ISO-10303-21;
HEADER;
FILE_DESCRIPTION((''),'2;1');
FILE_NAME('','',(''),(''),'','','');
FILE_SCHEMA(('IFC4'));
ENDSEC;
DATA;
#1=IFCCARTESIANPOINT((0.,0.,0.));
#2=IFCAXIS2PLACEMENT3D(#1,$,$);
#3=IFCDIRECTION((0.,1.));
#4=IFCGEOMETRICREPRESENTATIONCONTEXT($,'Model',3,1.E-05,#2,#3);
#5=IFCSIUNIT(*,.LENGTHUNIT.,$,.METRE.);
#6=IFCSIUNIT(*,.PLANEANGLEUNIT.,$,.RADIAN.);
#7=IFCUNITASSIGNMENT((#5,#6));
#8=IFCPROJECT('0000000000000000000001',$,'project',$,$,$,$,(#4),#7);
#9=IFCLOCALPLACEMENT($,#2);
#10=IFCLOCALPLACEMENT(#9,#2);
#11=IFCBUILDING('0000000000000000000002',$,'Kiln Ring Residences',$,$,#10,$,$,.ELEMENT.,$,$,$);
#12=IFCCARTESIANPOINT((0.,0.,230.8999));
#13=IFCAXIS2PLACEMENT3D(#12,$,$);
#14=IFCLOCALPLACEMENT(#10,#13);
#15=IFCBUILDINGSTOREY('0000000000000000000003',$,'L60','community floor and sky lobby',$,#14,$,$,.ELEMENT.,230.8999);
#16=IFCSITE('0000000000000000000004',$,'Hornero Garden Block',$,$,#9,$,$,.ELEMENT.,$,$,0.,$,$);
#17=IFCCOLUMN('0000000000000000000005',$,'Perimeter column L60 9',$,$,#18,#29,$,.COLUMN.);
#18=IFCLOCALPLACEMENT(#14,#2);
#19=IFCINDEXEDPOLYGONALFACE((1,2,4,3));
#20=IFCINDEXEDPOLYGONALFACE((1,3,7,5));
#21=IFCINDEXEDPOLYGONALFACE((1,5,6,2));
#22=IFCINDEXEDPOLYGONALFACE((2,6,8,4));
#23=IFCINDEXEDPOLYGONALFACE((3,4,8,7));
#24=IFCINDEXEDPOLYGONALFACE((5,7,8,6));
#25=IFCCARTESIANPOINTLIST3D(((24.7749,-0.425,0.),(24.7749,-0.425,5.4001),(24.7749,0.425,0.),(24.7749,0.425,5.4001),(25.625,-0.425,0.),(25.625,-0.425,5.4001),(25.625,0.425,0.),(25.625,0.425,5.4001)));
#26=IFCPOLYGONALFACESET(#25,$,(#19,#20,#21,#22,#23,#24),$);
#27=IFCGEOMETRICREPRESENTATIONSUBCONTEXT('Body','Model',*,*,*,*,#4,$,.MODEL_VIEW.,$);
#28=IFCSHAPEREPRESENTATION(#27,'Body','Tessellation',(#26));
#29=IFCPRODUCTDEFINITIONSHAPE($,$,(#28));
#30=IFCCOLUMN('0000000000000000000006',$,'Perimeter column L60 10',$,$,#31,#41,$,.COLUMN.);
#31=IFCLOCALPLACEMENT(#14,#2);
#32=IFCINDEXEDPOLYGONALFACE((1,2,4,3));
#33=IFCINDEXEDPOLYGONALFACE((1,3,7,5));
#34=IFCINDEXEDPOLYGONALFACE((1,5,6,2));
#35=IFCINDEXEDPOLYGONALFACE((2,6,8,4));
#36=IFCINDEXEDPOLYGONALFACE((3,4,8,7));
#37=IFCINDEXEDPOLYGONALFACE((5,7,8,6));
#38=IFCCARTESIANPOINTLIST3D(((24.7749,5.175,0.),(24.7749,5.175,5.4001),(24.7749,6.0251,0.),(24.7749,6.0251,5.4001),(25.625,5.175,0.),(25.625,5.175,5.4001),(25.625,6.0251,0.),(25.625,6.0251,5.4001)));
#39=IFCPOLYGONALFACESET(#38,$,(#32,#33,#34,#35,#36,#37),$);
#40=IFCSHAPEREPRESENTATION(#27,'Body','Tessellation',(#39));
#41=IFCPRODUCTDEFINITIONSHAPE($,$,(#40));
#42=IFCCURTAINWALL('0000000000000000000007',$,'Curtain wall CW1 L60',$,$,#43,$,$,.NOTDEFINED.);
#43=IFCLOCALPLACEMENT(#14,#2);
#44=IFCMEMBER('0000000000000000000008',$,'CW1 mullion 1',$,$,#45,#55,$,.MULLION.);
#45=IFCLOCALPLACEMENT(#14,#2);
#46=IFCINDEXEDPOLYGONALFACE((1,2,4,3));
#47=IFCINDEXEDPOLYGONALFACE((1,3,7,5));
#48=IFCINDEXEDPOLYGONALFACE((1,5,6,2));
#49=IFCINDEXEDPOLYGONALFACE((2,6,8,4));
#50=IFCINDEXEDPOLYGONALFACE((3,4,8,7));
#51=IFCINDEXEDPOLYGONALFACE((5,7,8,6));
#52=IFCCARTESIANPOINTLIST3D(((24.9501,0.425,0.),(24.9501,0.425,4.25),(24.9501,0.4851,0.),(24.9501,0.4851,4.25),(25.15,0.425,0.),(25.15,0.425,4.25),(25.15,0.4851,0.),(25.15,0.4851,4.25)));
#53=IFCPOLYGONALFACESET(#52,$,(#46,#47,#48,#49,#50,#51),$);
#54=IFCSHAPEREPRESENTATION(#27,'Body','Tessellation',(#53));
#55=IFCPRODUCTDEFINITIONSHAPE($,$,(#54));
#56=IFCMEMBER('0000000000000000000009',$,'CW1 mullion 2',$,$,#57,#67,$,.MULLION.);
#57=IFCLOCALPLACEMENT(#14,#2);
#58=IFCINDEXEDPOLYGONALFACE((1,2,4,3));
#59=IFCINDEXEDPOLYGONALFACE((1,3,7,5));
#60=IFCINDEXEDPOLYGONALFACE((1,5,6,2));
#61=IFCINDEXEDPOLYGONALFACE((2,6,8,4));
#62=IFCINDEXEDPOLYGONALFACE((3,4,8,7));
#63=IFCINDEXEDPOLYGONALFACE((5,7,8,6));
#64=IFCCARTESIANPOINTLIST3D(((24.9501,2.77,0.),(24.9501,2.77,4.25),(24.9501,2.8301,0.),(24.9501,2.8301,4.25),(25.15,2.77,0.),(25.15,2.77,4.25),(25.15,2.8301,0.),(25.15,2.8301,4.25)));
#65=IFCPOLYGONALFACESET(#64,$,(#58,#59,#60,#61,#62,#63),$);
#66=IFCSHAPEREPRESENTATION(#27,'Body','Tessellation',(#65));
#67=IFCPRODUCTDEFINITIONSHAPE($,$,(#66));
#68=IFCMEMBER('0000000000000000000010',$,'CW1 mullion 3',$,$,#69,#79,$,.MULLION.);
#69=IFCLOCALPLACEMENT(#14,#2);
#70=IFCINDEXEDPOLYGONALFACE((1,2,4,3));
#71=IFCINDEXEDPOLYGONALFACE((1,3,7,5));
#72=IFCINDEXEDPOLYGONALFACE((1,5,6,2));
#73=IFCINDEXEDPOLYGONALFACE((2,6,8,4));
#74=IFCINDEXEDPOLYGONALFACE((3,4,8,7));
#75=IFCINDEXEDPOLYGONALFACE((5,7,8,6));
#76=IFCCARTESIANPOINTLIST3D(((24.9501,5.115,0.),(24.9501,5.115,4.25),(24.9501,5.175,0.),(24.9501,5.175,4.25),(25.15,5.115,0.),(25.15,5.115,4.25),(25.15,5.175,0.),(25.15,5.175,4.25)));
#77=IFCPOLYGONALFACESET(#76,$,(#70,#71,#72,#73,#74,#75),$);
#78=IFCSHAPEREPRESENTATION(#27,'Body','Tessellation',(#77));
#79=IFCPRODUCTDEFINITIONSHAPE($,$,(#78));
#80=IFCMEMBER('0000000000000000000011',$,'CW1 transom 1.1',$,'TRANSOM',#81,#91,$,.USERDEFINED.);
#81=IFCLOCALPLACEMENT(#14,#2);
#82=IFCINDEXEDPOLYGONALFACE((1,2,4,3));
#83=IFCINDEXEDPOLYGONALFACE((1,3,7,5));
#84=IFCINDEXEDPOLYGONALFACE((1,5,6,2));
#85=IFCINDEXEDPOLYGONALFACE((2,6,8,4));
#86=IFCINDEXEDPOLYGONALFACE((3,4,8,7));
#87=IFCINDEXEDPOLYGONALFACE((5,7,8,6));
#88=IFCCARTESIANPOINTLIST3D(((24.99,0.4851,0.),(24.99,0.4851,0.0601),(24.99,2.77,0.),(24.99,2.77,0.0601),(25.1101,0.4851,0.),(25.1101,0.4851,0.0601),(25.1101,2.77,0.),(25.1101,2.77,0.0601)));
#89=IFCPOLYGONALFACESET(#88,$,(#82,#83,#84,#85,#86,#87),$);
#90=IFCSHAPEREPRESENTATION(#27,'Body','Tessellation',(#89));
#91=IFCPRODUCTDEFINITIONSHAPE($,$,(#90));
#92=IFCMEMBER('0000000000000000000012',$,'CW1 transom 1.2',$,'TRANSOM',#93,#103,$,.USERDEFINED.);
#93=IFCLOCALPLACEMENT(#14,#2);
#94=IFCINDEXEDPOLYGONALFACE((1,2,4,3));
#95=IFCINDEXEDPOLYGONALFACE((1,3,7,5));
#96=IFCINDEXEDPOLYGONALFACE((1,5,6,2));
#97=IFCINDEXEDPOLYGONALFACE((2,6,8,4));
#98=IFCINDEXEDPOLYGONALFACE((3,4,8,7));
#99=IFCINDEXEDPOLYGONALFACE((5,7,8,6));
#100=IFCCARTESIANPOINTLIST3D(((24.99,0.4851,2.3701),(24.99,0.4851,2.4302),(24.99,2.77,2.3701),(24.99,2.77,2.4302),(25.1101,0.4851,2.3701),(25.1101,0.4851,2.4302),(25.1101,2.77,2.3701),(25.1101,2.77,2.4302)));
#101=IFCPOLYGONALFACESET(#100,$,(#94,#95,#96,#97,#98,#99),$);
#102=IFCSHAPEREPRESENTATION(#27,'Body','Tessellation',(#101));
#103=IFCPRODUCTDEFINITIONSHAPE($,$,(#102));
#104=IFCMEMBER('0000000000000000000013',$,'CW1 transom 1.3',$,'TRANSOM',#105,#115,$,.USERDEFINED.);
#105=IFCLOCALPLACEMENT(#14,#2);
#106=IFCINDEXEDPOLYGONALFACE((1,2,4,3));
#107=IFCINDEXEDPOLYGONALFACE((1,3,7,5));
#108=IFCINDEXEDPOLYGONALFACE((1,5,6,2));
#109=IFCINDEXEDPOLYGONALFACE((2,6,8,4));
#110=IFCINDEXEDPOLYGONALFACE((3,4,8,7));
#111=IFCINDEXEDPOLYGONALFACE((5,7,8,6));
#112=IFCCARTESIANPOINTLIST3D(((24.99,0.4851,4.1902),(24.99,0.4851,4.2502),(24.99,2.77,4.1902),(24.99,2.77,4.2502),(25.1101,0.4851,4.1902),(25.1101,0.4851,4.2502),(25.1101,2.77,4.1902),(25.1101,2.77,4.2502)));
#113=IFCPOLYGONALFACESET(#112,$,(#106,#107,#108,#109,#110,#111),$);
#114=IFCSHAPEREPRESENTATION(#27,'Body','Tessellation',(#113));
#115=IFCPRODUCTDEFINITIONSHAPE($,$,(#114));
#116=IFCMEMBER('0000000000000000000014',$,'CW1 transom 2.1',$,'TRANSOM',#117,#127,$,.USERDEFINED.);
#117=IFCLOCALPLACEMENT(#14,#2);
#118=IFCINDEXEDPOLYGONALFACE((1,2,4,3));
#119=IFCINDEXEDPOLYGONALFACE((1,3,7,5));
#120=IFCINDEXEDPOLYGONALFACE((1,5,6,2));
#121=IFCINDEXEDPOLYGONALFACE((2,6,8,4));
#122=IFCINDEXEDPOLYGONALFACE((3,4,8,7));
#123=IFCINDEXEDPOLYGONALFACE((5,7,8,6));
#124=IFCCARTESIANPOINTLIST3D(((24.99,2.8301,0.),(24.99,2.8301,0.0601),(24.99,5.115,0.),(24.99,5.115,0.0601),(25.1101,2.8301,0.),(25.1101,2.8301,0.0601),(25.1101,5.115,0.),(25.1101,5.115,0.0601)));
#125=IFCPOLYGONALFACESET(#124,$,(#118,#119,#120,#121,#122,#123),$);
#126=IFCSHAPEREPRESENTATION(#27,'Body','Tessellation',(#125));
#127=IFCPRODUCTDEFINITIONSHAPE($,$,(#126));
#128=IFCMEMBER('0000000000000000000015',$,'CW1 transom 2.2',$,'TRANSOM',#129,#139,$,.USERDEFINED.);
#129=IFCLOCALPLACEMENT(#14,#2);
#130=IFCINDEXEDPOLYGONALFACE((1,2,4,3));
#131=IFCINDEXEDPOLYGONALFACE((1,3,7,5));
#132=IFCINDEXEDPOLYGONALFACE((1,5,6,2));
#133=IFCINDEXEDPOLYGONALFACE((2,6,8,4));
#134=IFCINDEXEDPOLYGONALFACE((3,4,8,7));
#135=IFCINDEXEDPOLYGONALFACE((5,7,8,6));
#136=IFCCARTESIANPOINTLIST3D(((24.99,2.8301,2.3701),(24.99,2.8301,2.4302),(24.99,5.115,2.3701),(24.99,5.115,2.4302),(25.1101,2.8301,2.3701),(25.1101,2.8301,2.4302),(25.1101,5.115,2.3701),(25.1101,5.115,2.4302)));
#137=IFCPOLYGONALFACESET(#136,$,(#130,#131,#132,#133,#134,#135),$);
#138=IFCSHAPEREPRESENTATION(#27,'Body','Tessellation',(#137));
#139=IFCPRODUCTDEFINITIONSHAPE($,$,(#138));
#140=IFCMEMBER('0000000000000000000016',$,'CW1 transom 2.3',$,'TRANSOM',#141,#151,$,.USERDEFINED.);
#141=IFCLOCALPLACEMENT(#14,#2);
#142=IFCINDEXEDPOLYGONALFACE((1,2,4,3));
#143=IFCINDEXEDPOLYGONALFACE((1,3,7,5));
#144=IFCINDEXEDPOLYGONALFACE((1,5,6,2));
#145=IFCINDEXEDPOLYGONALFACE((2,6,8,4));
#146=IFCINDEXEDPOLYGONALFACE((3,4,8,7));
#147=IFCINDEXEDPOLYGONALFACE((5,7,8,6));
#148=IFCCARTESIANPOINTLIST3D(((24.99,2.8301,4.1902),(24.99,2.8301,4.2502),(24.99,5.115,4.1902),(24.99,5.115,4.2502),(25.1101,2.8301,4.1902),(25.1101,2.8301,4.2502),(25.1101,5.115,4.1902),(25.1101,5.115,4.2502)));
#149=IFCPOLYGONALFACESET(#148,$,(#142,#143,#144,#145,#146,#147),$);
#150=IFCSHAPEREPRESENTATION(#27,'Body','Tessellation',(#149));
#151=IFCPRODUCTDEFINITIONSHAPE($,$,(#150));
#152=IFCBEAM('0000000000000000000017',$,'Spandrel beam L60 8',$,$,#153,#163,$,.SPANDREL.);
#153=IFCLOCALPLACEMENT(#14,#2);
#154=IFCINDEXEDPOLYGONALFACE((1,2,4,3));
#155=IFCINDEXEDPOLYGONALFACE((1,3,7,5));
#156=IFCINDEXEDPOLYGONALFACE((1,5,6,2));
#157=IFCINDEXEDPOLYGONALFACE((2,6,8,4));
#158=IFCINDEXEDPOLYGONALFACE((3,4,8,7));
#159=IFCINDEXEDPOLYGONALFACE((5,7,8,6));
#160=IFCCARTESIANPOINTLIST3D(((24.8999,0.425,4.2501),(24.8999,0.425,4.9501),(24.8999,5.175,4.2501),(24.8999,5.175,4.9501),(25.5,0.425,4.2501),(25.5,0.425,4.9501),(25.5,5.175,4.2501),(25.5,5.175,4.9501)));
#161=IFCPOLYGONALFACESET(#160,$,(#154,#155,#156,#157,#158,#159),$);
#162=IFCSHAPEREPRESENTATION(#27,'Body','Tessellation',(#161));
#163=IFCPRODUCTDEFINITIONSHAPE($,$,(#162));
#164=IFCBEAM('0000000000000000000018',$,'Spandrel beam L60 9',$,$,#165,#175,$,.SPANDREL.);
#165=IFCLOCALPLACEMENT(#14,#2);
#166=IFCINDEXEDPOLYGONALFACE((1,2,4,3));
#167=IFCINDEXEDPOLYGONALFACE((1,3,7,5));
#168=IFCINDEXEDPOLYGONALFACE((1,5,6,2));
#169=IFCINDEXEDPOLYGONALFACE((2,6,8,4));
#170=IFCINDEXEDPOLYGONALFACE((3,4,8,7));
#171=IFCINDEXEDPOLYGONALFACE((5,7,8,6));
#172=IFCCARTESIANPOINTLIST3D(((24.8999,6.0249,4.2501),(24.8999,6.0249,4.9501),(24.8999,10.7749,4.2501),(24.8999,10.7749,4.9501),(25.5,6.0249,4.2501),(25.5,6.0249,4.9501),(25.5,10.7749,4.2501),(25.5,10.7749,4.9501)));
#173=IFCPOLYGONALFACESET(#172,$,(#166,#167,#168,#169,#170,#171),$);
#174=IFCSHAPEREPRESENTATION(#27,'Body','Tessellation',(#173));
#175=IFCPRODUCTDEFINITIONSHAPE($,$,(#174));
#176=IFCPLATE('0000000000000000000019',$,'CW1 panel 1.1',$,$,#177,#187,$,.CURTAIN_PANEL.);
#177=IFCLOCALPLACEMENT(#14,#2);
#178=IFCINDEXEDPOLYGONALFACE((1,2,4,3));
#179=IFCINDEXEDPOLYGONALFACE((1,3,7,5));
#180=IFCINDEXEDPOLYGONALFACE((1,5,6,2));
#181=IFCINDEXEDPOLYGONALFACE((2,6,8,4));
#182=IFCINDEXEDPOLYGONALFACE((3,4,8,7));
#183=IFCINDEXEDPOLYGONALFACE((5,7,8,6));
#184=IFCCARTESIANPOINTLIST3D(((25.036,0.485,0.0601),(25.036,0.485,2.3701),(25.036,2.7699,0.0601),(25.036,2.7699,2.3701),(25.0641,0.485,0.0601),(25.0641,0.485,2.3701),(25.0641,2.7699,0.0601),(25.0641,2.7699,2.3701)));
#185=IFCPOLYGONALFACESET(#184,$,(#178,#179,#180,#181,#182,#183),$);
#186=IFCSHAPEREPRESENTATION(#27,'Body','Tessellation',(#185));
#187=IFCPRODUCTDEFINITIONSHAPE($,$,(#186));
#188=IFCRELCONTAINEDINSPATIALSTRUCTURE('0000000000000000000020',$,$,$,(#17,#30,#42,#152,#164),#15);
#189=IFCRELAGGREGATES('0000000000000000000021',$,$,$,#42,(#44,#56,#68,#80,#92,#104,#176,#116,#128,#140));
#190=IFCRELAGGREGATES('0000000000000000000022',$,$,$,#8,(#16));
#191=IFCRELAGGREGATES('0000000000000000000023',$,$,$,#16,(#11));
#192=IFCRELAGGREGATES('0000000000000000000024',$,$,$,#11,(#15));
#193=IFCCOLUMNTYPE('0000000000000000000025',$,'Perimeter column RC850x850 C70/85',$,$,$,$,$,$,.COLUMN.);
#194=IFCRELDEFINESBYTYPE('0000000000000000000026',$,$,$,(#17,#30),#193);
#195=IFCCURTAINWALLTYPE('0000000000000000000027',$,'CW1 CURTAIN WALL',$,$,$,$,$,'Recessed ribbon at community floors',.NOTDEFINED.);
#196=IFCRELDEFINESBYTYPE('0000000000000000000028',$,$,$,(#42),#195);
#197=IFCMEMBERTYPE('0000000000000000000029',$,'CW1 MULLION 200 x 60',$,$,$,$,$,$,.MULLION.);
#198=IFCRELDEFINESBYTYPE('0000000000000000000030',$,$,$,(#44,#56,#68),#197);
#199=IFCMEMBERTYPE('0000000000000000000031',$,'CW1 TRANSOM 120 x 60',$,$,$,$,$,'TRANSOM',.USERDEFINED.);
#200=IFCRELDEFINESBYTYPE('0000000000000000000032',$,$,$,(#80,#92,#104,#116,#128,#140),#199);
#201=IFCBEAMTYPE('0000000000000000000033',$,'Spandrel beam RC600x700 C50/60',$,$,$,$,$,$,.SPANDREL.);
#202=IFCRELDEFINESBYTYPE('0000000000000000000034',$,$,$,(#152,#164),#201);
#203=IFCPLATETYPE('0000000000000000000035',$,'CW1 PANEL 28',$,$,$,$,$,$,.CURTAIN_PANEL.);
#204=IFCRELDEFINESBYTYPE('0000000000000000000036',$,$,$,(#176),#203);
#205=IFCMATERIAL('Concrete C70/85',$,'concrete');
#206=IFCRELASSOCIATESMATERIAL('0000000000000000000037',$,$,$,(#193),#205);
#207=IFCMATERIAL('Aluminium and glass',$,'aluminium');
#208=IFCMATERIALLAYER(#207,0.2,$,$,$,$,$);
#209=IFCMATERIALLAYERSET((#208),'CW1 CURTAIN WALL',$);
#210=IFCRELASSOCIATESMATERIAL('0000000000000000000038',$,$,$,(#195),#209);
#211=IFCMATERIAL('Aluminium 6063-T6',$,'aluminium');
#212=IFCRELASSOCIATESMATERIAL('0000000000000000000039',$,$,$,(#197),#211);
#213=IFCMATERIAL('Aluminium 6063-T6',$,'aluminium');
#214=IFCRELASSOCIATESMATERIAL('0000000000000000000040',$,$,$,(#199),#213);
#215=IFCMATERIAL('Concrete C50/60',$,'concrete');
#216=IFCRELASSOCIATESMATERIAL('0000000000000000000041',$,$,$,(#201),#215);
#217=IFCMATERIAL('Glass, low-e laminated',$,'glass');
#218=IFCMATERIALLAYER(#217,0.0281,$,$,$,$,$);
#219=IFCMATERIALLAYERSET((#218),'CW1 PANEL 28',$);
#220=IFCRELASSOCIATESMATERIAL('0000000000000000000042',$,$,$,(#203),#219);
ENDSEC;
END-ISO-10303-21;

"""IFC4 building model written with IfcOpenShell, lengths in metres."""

from ifc_helpers import new_model, si_unit, direction, frame, origin, origin_2d, place, context, subcontext, project, spatial, rectangle, extrude, material, layer, layer_set, material_profile, profile_set, type_object, element, aggregate, save


model = new_model("IFC4")

# Units and contexts
model_context = context("Model", 3, precision=1e-05, world=origin(), true_north=direction((0.0, 1.0)))
body_context = subcontext(model_context, "Body", "Model", "MODEL_VIEW")
ifc_project = project(units=[si_unit("LENGTHUNIT", "METRE"), si_unit("PLANEANGLEUNIT", "RADIAN")], contexts=[model_context])

# Site, building, storey
site_placement = place(None, origin())
site = spatial("IfcSite", under=ifc_project, at=site_placement, Name="Hornero Garden Block", CompositionType="ELEMENT", RefElevation=0.0)
building_placement = place(site_placement, origin())
building = spatial("IfcBuilding", under=site, at=building_placement, Name="Kiln Ring Residences", CompositionType="ELEMENT")
storey_placement = place(building_placement, frame((0.0, 0.0, 230.8999)))
storey = spatial("IfcBuildingStorey", under=building, at=storey_placement, Name="L60", Description="community floor and sky lobby", CompositionType="ELEMENT", Elevation=230.8999)

# Columns
ifc_material_1 = material(Name="Concrete C70/85", Category="concrete")
ifc_material_profile_1 = material_profile(ifc_material_1, rectangle(XDim=0.8501, YDim=0.8501, at=origin_2d()), Name="RC850x850")
ifc_profile_set_1 = profile_set([ifc_material_profile_1], Name="Concrete C70/85")
column_type = type_object("IfcColumnType", Name="Perimeter column RC850x850 C70/85", PredefinedType="COLUMN", material=ifc_profile_set_1)
for number, where, z_axis, x_axis, name in (
    (1, (25.2, 0.0, 0.0), (0.0, 0.0, 1.0), (1.0, 0.0, 0.0), "Perimeter column L60 9"),
    (2, (25.2, 5.6001, 0.0), (0.0, 0.0, 1.0), (1.0, 0.0, 0.0), "Perimeter column L60 10"),
):
    element("IfcColumn", number, at=place(storey_placement, frame(where, z_axis=z_axis, x_axis=x_axis)), inside=storey, type_object=column_type, Name=name, PredefinedType="COLUMN", context=body_context, shape_type="SweptSolid", body=[
        extrude(rectangle(XDim=0.8501, YDim=0.8501, at=origin_2d()), origin(), (0.0, 0.0, 1.0), 5.4001),
    ])

# Curtain wall, members
ifc_material_2 = material(Name="Aluminium and glass", Category="aluminium")
ifc_layer_1 = layer(ifc_material_2, 0.2)
ifc_layer_set_1 = layer_set([ifc_layer_1], Name="CW1 CURTAIN WALL")
curtain_wall_type = type_object("IfcCurtainWallType", Name="CW1 CURTAIN WALL", ElementType="Recessed ribbon at community floors", PredefinedType="NOTDEFINED", material=ifc_layer_set_1)
placement = place(storey_placement, origin())
curtain_wall = element("IfcCurtainWall", 3, at=placement, inside=storey, type_object=curtain_wall_type, Name="Curtain wall CW1 L60", PredefinedType="NOTDEFINED")
ifc_material_3 = material(Name="Aluminium 6063-T6", Category="aluminium")
ifc_material_profile_2 = material_profile(ifc_material_3, rectangle(XDim=0.2, YDim=0.0601, at=origin_2d()), Name="AL 200x60")
ifc_profile_set_2 = profile_set([ifc_material_profile_2], Name="Aluminium 6063-T6")
member_type_1 = type_object("IfcMemberType", Name="CW1 MULLION 200 x 60", PredefinedType="MULLION", material=ifc_profile_set_2)
member_1_placement = place(storey_placement, frame((25.05, 0.4551, 0.0), z_axis=(0.0, 0.0, 1.0), x_axis=(-1.0, 0.0, 0.0)))
member_1 = element("IfcMember", 4, at=member_1_placement, type_object=member_type_1, Name="CW1 mullion 1", PredefinedType="MULLION", context=body_context, shape_type="SweptSolid", body=[
    extrude(rectangle(XDim=0.2, YDim=0.0601, at=origin_2d()), origin(), (0.0, 0.0, 1.0), 4.25),
])
member_2_placement = place(storey_placement, frame((25.05, 2.8, 0.0), z_axis=(0.0, 0.0, 1.0), x_axis=(-1.0, 0.0, 0.0)))
member_2 = element("IfcMember", 5, at=member_2_placement, type_object=member_type_1, Name="CW1 mullion 2", PredefinedType="MULLION", context=body_context, shape_type="SweptSolid", body=[
    extrude(rectangle(XDim=0.2, YDim=0.0601, at=origin_2d()), origin(), (0.0, 0.0, 1.0), 4.25),
])
member_3_placement = place(storey_placement, frame((25.05, 5.145, 0.0), z_axis=(0.0, 0.0, 1.0), x_axis=(-1.0, 0.0, 0.0)))
member_3 = element("IfcMember", 6, at=member_3_placement, type_object=member_type_1, Name="CW1 mullion 3", PredefinedType="MULLION", context=body_context, shape_type="SweptSolid", body=[
    extrude(rectangle(XDim=0.2, YDim=0.0601, at=origin_2d()), origin(), (0.0, 0.0, 1.0), 4.25),
])
ifc_material_4 = material(Name="Aluminium 6063-T6", Category="aluminium")
ifc_material_profile_3 = material_profile(ifc_material_4, rectangle(XDim=0.1201, YDim=0.0601, at=origin_2d()), Name="AL 120x60")
ifc_profile_set_3 = profile_set([ifc_material_profile_3], Name="Aluminium 6063-T6")
member_type_2 = type_object("IfcMemberType", Name="CW1 TRANSOM 120 x 60", ElementType="TRANSOM", PredefinedType="USERDEFINED", material=ifc_profile_set_3)
member_4_placement = place(storey_placement, frame((25.05, 0.4851, 0.03), z_axis=(0.0, 1.0, 0.0), x_axis=(-1.0, 0.0, 0.0)))
member_4 = element("IfcMember", 7, at=member_4_placement, type_object=member_type_2, Name="CW1 transom 1.1", ObjectType="TRANSOM", PredefinedType="USERDEFINED", context=body_context, shape_type="SweptSolid", body=[
    extrude(rectangle(XDim=0.1201, YDim=0.0601, at=origin_2d()), origin(), (0.0, 0.0, 1.0), 2.2849),
])
member_5_placement = place(storey_placement, frame((25.05, 0.4851, 2.4001), z_axis=(0.0, 1.0, 0.0), x_axis=(-1.0, 0.0, 0.0)))
member_5 = element("IfcMember", 8, at=member_5_placement, type_object=member_type_2, Name="CW1 transom 1.2", ObjectType="TRANSOM", PredefinedType="USERDEFINED", context=body_context, shape_type="SweptSolid", body=[
    extrude(rectangle(XDim=0.1201, YDim=0.0601, at=origin_2d()), origin(), (0.0, 0.0, 1.0), 2.2849),
])
member_6_placement = place(storey_placement, frame((25.05, 0.4851, 4.2202), z_axis=(0.0, 1.0, 0.0), x_axis=(-1.0, 0.0, 0.0)))
member_6 = element("IfcMember", 9, at=member_6_placement, type_object=member_type_2, Name="CW1 transom 1.3", ObjectType="TRANSOM", PredefinedType="USERDEFINED", context=body_context, shape_type="SweptSolid", body=[
    extrude(rectangle(XDim=0.1201, YDim=0.0601, at=origin_2d()), origin(), (0.0, 0.0, 1.0), 2.2849),
])
member_7_placement = place(storey_placement, frame((25.05, 2.8301, 0.03), z_axis=(0.0, 1.0, 0.0), x_axis=(-1.0, 0.0, 0.0)))
member_7 = element("IfcMember", 10, at=member_7_placement, type_object=member_type_2, Name="CW1 transom 2.1", ObjectType="TRANSOM", PredefinedType="USERDEFINED", context=body_context, shape_type="SweptSolid", body=[
    extrude(rectangle(XDim=0.1201, YDim=0.0601, at=origin_2d()), origin(), (0.0, 0.0, 1.0), 2.2849),
])
member_8_placement = place(storey_placement, frame((25.05, 2.8301, 2.4001), z_axis=(0.0, 1.0, 0.0), x_axis=(-1.0, 0.0, 0.0)))
member_8 = element("IfcMember", 11, at=member_8_placement, type_object=member_type_2, Name="CW1 transom 2.2", ObjectType="TRANSOM", PredefinedType="USERDEFINED", context=body_context, shape_type="SweptSolid", body=[
    extrude(rectangle(XDim=0.1201, YDim=0.0601, at=origin_2d()), origin(), (0.0, 0.0, 1.0), 2.2849),
])
member_9_placement = place(storey_placement, frame((25.05, 2.8301, 4.2202), z_axis=(0.0, 1.0, 0.0), x_axis=(-1.0, 0.0, 0.0)))
member_9 = element("IfcMember", 12, at=member_9_placement, type_object=member_type_2, Name="CW1 transom 2.3", ObjectType="TRANSOM", PredefinedType="USERDEFINED", context=body_context, shape_type="SweptSolid", body=[
    extrude(rectangle(XDim=0.1201, YDim=0.0601, at=origin_2d()), origin(), (0.0, 0.0, 1.0), 2.2849),
])

# Beams
ifc_material_5 = material(Name="Concrete C50/60", Category="concrete")
ifc_material_profile_4 = material_profile(ifc_material_5, rectangle(XDim=0.6001, YDim=0.7, at=origin_2d()), Name="RC600x700")
ifc_profile_set_4 = profile_set([ifc_material_profile_4], Name="Concrete C50/60")
beam_type = type_object("IfcBeamType", Name="Spandrel beam RC600x700 C50/60", PredefinedType="SPANDREL", material=ifc_profile_set_4)
for number, where, z_axis, x_axis, name in (
    (13, (25.2, 0.425, 4.6001), (0.0, 1.0, 0.0), (-1.0, 0.0, 0.0), "Spandrel beam L60 8"),
    (14, (25.2, 6.0249, 4.6001), (0.0, 1.0, 0.0), (-1.0, 0.0, 0.0), "Spandrel beam L60 9"),
):
    element("IfcBeam", number, at=place(storey_placement, frame(where, z_axis=z_axis, x_axis=x_axis)), inside=storey, type_object=beam_type, Name=name, PredefinedType="SPANDREL", context=body_context, shape_type="SweptSolid", body=[
        extrude(rectangle(XDim=0.6001, YDim=0.7, at=origin_2d()), origin(), (0.0, 0.0, 1.0), 4.75),
    ])

# Plate
ifc_material_6 = material(Name="Glass, low-e laminated", Category="glass")
ifc_layer_2 = layer(ifc_material_6, 0.0281)
ifc_layer_set_2 = layer_set([ifc_layer_2], Name="CW1 PANEL 28")
plate_type = type_object("IfcPlateType", Name="CW1 PANEL 28", PredefinedType="CURTAIN_PANEL", material=ifc_layer_set_2)
plate_1_placement = place(storey_placement, frame((25.05, 1.6274, 0.0601), z_axis=(0.0, 0.0, 1.0), x_axis=(0.0, 1.0, 0.0)))
plate_1 = element("IfcPlate", 15, at=plate_1_placement, type_object=plate_type, Name="CW1 panel 1.1", PredefinedType="CURTAIN_PANEL", context=body_context, shape_type="SweptSolid", body=[
    extrude(rectangle(XDim=2.2849, YDim=0.0281, at=origin_2d()), origin(), (0.0, 0.0, 1.0), 2.3101),
])
aggregate(curtain_wall, [member_1, member_2, member_3, member_4, member_5, member_6, plate_1, member_7, member_8, member_9])

save(model, "model.ifc")
